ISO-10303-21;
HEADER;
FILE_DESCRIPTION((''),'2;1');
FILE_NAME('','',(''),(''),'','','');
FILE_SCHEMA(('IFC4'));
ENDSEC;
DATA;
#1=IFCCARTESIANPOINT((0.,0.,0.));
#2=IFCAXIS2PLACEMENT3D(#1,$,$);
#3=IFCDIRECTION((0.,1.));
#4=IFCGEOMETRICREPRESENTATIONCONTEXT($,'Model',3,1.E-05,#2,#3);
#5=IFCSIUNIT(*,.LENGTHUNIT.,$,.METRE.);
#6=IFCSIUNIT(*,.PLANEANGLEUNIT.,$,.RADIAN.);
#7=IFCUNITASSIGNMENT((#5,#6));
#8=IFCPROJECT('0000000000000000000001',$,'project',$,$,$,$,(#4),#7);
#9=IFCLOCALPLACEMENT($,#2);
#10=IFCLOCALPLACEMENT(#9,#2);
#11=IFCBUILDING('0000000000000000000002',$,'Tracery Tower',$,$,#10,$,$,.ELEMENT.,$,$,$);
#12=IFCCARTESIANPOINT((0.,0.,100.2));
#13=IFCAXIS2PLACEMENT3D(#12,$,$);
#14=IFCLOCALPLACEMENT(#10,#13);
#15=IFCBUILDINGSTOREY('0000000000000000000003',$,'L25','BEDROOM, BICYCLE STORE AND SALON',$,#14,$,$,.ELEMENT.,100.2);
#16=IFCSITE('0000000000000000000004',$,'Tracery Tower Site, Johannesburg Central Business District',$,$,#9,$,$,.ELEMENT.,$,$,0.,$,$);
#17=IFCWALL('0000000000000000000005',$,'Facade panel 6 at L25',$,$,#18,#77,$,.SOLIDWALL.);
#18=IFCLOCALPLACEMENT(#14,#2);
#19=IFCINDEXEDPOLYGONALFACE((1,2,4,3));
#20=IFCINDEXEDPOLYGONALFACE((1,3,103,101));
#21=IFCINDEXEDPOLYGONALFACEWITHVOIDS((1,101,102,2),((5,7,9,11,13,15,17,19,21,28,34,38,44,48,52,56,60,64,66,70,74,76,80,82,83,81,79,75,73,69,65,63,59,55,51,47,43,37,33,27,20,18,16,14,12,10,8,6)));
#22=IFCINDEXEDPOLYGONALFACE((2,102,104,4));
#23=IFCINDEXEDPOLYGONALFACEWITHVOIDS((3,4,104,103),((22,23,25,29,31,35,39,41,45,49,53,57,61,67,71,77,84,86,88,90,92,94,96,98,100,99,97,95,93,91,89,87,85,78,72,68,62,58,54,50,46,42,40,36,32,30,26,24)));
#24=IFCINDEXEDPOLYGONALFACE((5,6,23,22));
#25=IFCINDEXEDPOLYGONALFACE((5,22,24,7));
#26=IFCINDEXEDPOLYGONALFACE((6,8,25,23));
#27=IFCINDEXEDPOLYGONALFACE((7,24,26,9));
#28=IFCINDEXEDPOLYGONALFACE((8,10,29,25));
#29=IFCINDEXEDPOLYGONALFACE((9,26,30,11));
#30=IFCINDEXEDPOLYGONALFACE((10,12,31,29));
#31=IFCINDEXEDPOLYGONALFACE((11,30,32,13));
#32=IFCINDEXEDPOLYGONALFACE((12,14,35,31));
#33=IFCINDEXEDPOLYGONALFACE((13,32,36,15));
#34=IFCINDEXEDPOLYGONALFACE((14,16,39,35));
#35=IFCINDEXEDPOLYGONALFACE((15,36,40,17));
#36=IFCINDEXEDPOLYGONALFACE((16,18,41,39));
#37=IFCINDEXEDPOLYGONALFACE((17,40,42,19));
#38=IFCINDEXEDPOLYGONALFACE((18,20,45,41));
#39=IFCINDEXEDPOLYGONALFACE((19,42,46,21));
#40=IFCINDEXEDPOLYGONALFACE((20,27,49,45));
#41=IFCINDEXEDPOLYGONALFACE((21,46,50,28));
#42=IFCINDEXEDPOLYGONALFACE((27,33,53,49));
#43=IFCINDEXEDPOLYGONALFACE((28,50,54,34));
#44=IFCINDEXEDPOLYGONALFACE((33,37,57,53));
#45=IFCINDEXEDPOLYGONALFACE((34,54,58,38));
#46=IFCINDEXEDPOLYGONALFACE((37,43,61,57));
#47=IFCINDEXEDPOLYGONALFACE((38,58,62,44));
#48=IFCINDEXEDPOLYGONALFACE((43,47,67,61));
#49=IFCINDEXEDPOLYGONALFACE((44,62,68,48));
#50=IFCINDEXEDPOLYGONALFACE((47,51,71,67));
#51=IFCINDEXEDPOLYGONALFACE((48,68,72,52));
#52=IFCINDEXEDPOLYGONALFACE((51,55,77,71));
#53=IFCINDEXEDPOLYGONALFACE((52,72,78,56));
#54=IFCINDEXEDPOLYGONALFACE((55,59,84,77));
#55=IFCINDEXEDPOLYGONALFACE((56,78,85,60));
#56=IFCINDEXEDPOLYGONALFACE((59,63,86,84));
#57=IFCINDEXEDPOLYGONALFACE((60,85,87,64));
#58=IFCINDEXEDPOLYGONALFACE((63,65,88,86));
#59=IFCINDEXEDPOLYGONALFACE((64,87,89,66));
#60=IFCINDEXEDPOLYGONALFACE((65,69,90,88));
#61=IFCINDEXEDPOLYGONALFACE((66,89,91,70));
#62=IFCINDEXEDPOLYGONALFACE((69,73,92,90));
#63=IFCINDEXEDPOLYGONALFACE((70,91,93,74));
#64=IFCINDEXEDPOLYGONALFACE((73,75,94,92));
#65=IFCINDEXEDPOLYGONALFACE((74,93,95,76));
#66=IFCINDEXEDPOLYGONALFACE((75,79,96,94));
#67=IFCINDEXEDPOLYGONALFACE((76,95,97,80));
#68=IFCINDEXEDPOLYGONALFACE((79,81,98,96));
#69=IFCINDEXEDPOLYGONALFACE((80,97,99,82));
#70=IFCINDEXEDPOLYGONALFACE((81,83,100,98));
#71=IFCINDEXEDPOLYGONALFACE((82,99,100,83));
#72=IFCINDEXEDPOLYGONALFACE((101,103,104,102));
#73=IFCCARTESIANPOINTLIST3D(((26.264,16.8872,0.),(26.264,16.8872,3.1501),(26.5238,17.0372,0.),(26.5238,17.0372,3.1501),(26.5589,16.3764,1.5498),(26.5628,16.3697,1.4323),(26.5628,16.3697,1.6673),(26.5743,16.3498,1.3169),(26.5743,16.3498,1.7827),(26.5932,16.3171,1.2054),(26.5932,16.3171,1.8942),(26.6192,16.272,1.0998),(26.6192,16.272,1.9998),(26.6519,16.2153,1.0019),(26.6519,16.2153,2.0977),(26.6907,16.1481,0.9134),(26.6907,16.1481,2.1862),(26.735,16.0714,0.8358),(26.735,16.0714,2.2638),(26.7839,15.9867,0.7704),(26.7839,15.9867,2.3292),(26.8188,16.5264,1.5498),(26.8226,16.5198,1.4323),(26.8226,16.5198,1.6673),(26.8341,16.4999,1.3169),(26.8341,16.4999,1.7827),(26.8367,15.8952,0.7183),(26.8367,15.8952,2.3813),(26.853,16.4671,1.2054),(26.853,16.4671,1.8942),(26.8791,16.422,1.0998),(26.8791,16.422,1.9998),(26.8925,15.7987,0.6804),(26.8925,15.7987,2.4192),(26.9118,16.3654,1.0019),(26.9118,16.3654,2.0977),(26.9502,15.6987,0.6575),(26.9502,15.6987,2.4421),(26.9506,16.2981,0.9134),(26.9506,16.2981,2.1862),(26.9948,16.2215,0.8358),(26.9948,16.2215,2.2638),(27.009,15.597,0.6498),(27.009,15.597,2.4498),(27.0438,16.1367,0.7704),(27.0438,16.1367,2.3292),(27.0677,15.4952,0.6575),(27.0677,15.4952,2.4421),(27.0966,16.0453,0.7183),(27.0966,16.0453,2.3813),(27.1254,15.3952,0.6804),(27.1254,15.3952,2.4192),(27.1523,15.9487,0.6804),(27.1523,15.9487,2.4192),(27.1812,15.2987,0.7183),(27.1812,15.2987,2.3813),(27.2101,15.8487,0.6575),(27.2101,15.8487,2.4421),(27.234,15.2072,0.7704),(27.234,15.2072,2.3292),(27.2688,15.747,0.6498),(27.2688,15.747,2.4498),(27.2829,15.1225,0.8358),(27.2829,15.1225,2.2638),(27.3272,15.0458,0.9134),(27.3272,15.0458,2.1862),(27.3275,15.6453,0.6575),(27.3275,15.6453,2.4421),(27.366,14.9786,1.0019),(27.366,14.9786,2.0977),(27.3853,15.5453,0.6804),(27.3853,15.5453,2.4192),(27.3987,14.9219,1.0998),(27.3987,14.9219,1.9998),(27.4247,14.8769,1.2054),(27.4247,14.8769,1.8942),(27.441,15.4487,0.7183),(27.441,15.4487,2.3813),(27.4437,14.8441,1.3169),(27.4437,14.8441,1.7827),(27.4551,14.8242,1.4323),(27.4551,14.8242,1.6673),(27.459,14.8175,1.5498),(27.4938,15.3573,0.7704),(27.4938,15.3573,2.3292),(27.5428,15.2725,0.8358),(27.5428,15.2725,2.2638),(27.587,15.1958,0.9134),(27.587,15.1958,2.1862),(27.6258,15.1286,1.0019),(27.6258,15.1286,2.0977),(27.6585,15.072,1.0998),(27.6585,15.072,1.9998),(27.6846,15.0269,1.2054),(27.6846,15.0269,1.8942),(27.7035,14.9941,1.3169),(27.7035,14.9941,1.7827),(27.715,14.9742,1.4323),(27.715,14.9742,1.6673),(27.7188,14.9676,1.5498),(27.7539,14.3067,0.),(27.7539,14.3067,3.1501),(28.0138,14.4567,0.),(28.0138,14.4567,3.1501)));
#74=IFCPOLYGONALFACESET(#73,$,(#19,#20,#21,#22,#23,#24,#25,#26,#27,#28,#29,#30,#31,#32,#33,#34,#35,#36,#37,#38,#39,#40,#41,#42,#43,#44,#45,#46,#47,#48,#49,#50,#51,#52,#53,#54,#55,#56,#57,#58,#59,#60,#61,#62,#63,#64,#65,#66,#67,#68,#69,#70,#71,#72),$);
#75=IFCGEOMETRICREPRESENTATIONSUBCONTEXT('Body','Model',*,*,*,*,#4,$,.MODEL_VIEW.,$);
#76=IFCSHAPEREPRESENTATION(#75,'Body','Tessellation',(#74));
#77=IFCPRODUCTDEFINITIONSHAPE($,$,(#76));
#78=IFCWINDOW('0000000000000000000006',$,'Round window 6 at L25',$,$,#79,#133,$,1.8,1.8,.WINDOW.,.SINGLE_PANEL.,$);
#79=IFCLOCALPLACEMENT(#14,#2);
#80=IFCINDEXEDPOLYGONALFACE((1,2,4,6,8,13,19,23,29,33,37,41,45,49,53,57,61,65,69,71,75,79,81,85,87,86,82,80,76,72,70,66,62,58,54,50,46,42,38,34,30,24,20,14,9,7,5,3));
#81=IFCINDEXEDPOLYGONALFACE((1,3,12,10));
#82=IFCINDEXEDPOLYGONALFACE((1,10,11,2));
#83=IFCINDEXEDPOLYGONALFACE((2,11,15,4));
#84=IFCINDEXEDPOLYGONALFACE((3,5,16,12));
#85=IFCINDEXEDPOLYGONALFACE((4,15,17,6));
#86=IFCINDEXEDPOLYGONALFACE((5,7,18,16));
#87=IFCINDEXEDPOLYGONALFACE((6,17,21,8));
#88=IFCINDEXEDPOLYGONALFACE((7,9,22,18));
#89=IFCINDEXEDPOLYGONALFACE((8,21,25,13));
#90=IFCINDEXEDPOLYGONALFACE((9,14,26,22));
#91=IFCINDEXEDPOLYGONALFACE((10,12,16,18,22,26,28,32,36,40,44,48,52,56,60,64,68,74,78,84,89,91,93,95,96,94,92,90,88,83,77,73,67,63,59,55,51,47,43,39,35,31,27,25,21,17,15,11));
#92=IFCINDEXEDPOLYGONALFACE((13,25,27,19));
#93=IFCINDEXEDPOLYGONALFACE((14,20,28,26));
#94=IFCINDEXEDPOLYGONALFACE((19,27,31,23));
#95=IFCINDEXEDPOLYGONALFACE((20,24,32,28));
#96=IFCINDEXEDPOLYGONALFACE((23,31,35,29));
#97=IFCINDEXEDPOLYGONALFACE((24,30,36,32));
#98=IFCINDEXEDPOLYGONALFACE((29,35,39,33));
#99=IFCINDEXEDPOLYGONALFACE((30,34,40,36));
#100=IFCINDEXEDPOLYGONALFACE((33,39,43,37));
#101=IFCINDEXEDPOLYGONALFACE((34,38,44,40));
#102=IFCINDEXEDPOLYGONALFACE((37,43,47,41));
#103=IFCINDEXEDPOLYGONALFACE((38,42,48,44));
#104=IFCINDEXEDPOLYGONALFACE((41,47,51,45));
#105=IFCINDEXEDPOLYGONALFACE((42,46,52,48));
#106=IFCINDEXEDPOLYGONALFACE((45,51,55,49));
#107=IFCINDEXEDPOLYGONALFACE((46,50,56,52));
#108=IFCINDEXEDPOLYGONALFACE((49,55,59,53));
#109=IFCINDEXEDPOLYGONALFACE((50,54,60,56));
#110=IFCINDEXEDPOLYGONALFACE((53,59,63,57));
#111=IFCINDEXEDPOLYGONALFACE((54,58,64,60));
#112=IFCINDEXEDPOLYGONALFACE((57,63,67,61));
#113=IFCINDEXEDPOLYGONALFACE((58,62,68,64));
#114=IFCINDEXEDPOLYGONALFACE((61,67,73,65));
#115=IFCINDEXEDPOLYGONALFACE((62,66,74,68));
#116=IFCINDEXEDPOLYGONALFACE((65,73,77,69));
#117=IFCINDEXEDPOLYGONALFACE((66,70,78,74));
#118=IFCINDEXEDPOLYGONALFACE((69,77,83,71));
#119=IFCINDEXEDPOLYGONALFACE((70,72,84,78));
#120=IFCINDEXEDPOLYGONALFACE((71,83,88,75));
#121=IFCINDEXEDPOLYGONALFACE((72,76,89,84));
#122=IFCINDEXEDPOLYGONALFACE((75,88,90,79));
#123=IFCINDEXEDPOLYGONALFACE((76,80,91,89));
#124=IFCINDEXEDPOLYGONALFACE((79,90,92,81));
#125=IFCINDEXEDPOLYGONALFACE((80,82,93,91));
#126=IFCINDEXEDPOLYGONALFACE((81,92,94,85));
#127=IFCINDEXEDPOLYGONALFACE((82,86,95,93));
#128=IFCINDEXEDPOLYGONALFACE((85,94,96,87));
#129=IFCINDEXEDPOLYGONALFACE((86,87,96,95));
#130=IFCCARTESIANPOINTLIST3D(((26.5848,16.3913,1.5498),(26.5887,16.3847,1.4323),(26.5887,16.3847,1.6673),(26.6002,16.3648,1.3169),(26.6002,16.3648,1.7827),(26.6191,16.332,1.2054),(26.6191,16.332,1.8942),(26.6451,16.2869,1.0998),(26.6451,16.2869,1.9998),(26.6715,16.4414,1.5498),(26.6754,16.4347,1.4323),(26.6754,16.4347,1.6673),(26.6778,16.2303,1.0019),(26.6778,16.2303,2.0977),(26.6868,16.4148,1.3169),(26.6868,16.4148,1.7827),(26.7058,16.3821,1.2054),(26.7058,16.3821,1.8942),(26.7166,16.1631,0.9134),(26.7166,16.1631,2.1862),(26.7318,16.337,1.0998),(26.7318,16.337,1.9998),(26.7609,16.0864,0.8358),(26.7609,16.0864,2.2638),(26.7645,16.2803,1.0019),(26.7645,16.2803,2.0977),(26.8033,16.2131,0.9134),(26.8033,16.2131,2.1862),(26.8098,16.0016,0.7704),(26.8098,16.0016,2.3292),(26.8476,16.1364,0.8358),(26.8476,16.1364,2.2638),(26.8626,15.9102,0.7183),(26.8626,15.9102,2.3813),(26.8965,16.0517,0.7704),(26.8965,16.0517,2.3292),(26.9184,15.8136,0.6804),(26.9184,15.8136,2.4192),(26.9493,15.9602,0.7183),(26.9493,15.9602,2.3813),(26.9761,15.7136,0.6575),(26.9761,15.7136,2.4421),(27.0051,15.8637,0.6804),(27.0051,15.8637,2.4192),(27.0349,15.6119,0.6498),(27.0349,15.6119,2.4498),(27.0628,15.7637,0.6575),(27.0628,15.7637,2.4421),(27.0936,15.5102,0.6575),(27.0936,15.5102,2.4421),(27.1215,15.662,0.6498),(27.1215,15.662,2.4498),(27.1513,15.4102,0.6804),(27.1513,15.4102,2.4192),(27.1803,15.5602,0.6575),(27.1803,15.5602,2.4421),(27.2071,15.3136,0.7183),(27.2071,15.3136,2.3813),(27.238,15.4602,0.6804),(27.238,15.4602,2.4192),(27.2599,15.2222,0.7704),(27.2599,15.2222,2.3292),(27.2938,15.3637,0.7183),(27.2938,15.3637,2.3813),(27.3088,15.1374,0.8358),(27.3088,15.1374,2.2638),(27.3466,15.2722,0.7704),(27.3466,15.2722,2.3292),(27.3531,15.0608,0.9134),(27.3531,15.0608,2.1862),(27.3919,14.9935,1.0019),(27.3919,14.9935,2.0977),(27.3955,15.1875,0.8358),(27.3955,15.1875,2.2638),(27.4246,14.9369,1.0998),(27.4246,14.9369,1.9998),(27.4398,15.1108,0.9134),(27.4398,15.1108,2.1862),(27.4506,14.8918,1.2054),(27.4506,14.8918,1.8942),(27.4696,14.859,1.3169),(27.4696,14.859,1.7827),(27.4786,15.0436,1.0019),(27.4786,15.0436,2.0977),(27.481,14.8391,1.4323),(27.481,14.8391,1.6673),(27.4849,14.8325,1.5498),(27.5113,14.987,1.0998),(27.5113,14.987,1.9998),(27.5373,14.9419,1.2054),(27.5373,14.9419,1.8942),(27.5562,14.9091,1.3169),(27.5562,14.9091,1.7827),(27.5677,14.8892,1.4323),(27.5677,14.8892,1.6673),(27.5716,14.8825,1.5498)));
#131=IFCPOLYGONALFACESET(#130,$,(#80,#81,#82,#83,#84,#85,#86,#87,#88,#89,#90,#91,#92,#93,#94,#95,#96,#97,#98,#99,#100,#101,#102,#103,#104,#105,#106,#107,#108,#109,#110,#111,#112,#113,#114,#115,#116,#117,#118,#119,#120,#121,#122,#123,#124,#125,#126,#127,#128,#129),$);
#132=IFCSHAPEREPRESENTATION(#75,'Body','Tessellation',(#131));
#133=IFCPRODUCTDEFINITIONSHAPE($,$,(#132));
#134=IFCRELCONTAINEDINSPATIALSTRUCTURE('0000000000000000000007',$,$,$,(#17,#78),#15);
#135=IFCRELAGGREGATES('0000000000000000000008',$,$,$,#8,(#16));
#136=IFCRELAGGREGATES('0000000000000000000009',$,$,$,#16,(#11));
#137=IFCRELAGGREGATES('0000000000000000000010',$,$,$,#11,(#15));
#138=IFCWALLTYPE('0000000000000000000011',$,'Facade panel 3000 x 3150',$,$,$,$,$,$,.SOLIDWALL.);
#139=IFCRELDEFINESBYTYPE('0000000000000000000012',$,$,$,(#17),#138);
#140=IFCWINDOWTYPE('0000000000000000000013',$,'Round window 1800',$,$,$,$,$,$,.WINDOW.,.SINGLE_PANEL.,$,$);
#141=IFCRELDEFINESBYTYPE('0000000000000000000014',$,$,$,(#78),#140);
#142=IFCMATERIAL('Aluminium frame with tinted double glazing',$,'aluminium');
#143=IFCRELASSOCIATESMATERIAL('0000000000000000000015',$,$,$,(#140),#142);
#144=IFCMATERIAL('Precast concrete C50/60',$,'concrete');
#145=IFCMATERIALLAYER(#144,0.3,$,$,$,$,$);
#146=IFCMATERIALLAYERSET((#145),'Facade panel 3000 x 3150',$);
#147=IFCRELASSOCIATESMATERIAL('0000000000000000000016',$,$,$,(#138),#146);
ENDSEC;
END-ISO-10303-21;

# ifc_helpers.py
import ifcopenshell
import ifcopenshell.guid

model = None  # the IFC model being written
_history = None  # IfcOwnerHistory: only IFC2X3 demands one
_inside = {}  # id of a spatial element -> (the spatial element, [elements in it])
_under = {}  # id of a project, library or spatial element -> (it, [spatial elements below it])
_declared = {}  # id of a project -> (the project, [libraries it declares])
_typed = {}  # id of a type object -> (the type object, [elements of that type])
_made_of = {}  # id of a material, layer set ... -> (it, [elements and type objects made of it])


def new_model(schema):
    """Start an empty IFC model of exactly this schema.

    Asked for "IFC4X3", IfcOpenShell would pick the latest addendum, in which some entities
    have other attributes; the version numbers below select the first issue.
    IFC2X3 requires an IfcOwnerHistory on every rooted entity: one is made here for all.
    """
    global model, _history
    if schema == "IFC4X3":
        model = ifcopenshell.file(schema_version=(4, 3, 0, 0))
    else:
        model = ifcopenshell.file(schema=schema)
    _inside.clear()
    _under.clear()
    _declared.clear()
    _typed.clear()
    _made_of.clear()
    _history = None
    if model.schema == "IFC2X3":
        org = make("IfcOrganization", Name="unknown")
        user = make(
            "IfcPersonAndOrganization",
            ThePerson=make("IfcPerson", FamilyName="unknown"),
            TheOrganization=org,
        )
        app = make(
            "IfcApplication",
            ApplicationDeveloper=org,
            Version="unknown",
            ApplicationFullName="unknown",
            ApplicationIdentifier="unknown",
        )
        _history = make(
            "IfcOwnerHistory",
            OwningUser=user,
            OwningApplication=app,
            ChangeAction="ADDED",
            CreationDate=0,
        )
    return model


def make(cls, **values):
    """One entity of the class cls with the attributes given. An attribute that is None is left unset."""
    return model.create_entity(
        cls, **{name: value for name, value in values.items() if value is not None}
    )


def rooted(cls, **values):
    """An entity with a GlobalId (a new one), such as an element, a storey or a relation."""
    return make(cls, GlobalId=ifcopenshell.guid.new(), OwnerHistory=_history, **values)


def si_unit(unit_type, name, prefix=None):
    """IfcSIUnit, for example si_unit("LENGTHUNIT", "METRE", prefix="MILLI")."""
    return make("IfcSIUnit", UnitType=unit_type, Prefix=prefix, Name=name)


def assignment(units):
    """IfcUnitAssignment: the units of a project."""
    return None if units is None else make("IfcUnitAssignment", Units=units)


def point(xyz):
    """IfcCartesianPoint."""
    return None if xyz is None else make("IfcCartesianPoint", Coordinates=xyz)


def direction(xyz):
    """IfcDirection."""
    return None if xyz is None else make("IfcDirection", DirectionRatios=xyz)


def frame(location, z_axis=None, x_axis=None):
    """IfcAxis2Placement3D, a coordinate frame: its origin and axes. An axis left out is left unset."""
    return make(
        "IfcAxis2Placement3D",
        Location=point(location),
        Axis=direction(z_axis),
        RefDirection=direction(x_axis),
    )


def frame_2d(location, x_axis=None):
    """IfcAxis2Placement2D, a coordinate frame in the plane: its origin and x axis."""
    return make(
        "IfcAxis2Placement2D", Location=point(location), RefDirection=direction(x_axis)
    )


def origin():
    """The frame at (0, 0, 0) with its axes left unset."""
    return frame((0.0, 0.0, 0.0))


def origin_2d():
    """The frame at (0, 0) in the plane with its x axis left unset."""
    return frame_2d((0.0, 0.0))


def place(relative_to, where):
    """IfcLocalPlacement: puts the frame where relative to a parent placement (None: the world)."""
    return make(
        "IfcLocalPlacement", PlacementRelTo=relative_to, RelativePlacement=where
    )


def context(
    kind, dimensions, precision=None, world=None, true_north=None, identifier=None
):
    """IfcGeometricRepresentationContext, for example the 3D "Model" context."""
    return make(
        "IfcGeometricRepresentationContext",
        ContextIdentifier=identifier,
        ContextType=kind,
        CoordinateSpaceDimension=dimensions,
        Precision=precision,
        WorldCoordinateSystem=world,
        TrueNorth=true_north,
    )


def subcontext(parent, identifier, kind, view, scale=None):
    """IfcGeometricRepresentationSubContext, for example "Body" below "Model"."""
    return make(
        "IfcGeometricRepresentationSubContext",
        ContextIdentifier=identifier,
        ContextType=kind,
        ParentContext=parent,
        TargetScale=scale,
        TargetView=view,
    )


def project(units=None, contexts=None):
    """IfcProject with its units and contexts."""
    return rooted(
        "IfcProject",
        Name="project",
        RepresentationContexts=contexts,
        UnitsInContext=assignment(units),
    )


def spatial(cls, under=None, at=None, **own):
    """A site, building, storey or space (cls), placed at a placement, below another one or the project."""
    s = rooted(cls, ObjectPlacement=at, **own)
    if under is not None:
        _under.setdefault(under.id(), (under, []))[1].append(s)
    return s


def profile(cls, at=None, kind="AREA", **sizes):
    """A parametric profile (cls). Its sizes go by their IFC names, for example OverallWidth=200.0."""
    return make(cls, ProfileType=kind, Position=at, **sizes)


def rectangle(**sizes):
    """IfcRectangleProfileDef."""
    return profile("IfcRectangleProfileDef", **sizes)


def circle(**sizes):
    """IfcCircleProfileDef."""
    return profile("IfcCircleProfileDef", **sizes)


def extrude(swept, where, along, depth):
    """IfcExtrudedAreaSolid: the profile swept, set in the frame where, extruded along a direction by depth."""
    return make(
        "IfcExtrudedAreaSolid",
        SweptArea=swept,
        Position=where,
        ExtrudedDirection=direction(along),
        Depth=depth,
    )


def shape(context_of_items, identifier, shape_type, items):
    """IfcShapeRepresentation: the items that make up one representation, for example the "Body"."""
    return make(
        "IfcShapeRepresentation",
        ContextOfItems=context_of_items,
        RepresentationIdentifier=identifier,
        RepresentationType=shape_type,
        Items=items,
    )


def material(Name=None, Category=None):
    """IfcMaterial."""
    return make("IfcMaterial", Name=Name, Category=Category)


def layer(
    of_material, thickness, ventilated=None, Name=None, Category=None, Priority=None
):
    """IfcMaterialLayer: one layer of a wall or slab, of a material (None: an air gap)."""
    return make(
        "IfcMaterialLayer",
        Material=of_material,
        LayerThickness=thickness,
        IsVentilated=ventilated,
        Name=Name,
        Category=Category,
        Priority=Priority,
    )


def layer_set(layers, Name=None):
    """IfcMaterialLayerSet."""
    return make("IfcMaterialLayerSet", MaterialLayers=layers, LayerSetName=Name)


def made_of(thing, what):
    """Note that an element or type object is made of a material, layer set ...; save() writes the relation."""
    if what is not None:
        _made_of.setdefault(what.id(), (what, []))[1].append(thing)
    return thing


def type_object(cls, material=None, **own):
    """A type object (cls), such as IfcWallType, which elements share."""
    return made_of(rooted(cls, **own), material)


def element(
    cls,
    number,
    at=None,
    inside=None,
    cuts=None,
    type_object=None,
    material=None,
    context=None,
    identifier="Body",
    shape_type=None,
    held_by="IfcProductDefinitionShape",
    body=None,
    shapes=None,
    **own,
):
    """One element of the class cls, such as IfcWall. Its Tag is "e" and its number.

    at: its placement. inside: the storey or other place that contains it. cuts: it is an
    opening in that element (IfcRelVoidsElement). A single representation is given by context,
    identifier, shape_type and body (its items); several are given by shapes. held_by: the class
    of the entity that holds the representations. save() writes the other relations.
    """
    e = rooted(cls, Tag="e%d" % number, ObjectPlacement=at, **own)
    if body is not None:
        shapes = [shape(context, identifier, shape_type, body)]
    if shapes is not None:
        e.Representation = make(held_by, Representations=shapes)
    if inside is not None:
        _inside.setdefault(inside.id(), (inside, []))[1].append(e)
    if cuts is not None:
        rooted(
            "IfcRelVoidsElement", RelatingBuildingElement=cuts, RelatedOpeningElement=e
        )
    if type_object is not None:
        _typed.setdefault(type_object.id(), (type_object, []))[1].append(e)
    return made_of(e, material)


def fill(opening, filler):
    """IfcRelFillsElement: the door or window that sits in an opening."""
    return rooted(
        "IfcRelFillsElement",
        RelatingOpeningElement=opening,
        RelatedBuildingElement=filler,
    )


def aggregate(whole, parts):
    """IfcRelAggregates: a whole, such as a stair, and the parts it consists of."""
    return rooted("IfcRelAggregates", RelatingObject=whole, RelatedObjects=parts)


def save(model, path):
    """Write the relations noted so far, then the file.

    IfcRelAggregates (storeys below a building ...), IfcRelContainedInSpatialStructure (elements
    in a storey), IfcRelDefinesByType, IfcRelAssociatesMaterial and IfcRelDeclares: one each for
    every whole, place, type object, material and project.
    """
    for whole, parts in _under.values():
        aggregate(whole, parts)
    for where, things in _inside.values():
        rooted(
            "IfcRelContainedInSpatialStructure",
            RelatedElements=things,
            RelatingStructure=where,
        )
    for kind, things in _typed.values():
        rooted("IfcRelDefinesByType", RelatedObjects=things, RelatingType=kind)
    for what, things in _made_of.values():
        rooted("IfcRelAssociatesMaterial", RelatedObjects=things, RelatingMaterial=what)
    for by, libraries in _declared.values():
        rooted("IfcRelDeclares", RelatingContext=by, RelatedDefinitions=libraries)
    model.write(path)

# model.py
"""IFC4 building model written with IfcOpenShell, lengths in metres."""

from ifc_helpers import new_model, si_unit, direction, frame, frame_2d, origin, origin_2d, place, context, subcontext, project, spatial, rectangle, circle, extrude, material, layer, layer_set, type_object, element, fill, save


model = new_model("IFC4")

# Units and contexts
model_context = context("Model", 3, precision=1e-05, world=origin(), true_north=direction((0.0, 1.0)))
body_context = subcontext(model_context, "Body", "Model", "MODEL_VIEW")
ifc_project = project(units=[si_unit("LENGTHUNIT", "METRE"), si_unit("PLANEANGLEUNIT", "RADIAN")], contexts=[model_context])

# Site, building, storey
site_placement = place(None, origin())
site = spatial("IfcSite", under=ifc_project, at=site_placement, Name="Tracery Tower Site, Johannesburg Central Business District", CompositionType="ELEMENT", RefElevation=0.0)
building_placement = place(site_placement, origin())
building = spatial("IfcBuilding", under=site, at=building_placement, Name="Tracery Tower", CompositionType="ELEMENT")
storey_placement = place(building_placement, frame((0.0, 0.0, 100.2)))
storey = spatial("IfcBuildingStorey", under=building, at=storey_placement, Name="L25", Description="BEDROOM, BICYCLE STORE AND SALON", CompositionType="ELEMENT", Elevation=100.2)

# Wall, opening, window
ifc_material_1 = material(Name="Aluminium frame with tinted double glazing", Category="aluminium")
window_type = type_object("IfcWindowType", Name="Round window 1800", PartitioningType="SINGLE_PANEL", PredefinedType="WINDOW", material=ifc_material_1)
ifc_material_2 = material(Name="Precast concrete C50/60", Category="concrete")
ifc_layer_1 = layer(ifc_material_2, 0.3)
ifc_layer_set_1 = layer_set([ifc_layer_1], Name="Facade panel 3000 x 3150")
wall_type_1 = type_object("IfcWallType", Name="Facade panel 3000 x 3150", PredefinedType="SOLIDWALL", material=ifc_layer_set_1)
wall_1_placement = place(storey_placement, frame((27.8838, 14.3818, 0.0), z_axis=(0.0, 0.0, 1.0), x_axis=(-0.500025, 0.866011, 0.0)))
wall_1 = element("IfcWall", 1, at=wall_1_placement, inside=storey, type_object=wall_type_1, Name="Facade panel 6 at L25", PredefinedType="SOLIDWALL", context=body_context, shape_type="SweptSolid", body=[
    extrude(rectangle(XDim=2.9797, YDim=0.3, at=frame_2d((1.4897, 0.0))), origin(), (0.0, 0.0, 1.0), 3.1501),
])
opening_1_placement = place(wall_1_placement, frame((1.4897, 0.0, 1.5498)))
opening_1 = element("IfcOpeningElement", 2, at=opening_1_placement, cuts=wall_1, PredefinedType="OPENING", context=body_context, shape_type="SweptSolid", body=[
    extrude(circle(Radius=0.9, at=origin_2d()), frame((0.0, 0.1599, 0.0), z_axis=(0.0, -1.0, 0.0), x_axis=(1.0, 0.0, 0.0)), (0.0, 0.0, 1.0), 0.3201),
])
window_1_placement = place(opening_1_placement, origin())
window_1 = element("IfcWindow", 3, at=window_1_placement, inside=storey, type_object=window_type, Name="Round window 6 at L25", OverallHeight=1.8, OverallWidth=1.8, PartitioningType="SINGLE_PANEL", PredefinedType="WINDOW", context=body_context, shape_type="SweptSolid", body=[
    extrude(circle(Radius=0.9, at=origin_2d()), frame((0.0, 0.1201, 0.0), z_axis=(0.0, -1.0, 0.0), x_axis=(1.0, 0.0, 0.0)), (0.0, 0.0, 1.0), 0.1001),
])
fill(opening_1, window_1)

save(model, "model.ifc")
